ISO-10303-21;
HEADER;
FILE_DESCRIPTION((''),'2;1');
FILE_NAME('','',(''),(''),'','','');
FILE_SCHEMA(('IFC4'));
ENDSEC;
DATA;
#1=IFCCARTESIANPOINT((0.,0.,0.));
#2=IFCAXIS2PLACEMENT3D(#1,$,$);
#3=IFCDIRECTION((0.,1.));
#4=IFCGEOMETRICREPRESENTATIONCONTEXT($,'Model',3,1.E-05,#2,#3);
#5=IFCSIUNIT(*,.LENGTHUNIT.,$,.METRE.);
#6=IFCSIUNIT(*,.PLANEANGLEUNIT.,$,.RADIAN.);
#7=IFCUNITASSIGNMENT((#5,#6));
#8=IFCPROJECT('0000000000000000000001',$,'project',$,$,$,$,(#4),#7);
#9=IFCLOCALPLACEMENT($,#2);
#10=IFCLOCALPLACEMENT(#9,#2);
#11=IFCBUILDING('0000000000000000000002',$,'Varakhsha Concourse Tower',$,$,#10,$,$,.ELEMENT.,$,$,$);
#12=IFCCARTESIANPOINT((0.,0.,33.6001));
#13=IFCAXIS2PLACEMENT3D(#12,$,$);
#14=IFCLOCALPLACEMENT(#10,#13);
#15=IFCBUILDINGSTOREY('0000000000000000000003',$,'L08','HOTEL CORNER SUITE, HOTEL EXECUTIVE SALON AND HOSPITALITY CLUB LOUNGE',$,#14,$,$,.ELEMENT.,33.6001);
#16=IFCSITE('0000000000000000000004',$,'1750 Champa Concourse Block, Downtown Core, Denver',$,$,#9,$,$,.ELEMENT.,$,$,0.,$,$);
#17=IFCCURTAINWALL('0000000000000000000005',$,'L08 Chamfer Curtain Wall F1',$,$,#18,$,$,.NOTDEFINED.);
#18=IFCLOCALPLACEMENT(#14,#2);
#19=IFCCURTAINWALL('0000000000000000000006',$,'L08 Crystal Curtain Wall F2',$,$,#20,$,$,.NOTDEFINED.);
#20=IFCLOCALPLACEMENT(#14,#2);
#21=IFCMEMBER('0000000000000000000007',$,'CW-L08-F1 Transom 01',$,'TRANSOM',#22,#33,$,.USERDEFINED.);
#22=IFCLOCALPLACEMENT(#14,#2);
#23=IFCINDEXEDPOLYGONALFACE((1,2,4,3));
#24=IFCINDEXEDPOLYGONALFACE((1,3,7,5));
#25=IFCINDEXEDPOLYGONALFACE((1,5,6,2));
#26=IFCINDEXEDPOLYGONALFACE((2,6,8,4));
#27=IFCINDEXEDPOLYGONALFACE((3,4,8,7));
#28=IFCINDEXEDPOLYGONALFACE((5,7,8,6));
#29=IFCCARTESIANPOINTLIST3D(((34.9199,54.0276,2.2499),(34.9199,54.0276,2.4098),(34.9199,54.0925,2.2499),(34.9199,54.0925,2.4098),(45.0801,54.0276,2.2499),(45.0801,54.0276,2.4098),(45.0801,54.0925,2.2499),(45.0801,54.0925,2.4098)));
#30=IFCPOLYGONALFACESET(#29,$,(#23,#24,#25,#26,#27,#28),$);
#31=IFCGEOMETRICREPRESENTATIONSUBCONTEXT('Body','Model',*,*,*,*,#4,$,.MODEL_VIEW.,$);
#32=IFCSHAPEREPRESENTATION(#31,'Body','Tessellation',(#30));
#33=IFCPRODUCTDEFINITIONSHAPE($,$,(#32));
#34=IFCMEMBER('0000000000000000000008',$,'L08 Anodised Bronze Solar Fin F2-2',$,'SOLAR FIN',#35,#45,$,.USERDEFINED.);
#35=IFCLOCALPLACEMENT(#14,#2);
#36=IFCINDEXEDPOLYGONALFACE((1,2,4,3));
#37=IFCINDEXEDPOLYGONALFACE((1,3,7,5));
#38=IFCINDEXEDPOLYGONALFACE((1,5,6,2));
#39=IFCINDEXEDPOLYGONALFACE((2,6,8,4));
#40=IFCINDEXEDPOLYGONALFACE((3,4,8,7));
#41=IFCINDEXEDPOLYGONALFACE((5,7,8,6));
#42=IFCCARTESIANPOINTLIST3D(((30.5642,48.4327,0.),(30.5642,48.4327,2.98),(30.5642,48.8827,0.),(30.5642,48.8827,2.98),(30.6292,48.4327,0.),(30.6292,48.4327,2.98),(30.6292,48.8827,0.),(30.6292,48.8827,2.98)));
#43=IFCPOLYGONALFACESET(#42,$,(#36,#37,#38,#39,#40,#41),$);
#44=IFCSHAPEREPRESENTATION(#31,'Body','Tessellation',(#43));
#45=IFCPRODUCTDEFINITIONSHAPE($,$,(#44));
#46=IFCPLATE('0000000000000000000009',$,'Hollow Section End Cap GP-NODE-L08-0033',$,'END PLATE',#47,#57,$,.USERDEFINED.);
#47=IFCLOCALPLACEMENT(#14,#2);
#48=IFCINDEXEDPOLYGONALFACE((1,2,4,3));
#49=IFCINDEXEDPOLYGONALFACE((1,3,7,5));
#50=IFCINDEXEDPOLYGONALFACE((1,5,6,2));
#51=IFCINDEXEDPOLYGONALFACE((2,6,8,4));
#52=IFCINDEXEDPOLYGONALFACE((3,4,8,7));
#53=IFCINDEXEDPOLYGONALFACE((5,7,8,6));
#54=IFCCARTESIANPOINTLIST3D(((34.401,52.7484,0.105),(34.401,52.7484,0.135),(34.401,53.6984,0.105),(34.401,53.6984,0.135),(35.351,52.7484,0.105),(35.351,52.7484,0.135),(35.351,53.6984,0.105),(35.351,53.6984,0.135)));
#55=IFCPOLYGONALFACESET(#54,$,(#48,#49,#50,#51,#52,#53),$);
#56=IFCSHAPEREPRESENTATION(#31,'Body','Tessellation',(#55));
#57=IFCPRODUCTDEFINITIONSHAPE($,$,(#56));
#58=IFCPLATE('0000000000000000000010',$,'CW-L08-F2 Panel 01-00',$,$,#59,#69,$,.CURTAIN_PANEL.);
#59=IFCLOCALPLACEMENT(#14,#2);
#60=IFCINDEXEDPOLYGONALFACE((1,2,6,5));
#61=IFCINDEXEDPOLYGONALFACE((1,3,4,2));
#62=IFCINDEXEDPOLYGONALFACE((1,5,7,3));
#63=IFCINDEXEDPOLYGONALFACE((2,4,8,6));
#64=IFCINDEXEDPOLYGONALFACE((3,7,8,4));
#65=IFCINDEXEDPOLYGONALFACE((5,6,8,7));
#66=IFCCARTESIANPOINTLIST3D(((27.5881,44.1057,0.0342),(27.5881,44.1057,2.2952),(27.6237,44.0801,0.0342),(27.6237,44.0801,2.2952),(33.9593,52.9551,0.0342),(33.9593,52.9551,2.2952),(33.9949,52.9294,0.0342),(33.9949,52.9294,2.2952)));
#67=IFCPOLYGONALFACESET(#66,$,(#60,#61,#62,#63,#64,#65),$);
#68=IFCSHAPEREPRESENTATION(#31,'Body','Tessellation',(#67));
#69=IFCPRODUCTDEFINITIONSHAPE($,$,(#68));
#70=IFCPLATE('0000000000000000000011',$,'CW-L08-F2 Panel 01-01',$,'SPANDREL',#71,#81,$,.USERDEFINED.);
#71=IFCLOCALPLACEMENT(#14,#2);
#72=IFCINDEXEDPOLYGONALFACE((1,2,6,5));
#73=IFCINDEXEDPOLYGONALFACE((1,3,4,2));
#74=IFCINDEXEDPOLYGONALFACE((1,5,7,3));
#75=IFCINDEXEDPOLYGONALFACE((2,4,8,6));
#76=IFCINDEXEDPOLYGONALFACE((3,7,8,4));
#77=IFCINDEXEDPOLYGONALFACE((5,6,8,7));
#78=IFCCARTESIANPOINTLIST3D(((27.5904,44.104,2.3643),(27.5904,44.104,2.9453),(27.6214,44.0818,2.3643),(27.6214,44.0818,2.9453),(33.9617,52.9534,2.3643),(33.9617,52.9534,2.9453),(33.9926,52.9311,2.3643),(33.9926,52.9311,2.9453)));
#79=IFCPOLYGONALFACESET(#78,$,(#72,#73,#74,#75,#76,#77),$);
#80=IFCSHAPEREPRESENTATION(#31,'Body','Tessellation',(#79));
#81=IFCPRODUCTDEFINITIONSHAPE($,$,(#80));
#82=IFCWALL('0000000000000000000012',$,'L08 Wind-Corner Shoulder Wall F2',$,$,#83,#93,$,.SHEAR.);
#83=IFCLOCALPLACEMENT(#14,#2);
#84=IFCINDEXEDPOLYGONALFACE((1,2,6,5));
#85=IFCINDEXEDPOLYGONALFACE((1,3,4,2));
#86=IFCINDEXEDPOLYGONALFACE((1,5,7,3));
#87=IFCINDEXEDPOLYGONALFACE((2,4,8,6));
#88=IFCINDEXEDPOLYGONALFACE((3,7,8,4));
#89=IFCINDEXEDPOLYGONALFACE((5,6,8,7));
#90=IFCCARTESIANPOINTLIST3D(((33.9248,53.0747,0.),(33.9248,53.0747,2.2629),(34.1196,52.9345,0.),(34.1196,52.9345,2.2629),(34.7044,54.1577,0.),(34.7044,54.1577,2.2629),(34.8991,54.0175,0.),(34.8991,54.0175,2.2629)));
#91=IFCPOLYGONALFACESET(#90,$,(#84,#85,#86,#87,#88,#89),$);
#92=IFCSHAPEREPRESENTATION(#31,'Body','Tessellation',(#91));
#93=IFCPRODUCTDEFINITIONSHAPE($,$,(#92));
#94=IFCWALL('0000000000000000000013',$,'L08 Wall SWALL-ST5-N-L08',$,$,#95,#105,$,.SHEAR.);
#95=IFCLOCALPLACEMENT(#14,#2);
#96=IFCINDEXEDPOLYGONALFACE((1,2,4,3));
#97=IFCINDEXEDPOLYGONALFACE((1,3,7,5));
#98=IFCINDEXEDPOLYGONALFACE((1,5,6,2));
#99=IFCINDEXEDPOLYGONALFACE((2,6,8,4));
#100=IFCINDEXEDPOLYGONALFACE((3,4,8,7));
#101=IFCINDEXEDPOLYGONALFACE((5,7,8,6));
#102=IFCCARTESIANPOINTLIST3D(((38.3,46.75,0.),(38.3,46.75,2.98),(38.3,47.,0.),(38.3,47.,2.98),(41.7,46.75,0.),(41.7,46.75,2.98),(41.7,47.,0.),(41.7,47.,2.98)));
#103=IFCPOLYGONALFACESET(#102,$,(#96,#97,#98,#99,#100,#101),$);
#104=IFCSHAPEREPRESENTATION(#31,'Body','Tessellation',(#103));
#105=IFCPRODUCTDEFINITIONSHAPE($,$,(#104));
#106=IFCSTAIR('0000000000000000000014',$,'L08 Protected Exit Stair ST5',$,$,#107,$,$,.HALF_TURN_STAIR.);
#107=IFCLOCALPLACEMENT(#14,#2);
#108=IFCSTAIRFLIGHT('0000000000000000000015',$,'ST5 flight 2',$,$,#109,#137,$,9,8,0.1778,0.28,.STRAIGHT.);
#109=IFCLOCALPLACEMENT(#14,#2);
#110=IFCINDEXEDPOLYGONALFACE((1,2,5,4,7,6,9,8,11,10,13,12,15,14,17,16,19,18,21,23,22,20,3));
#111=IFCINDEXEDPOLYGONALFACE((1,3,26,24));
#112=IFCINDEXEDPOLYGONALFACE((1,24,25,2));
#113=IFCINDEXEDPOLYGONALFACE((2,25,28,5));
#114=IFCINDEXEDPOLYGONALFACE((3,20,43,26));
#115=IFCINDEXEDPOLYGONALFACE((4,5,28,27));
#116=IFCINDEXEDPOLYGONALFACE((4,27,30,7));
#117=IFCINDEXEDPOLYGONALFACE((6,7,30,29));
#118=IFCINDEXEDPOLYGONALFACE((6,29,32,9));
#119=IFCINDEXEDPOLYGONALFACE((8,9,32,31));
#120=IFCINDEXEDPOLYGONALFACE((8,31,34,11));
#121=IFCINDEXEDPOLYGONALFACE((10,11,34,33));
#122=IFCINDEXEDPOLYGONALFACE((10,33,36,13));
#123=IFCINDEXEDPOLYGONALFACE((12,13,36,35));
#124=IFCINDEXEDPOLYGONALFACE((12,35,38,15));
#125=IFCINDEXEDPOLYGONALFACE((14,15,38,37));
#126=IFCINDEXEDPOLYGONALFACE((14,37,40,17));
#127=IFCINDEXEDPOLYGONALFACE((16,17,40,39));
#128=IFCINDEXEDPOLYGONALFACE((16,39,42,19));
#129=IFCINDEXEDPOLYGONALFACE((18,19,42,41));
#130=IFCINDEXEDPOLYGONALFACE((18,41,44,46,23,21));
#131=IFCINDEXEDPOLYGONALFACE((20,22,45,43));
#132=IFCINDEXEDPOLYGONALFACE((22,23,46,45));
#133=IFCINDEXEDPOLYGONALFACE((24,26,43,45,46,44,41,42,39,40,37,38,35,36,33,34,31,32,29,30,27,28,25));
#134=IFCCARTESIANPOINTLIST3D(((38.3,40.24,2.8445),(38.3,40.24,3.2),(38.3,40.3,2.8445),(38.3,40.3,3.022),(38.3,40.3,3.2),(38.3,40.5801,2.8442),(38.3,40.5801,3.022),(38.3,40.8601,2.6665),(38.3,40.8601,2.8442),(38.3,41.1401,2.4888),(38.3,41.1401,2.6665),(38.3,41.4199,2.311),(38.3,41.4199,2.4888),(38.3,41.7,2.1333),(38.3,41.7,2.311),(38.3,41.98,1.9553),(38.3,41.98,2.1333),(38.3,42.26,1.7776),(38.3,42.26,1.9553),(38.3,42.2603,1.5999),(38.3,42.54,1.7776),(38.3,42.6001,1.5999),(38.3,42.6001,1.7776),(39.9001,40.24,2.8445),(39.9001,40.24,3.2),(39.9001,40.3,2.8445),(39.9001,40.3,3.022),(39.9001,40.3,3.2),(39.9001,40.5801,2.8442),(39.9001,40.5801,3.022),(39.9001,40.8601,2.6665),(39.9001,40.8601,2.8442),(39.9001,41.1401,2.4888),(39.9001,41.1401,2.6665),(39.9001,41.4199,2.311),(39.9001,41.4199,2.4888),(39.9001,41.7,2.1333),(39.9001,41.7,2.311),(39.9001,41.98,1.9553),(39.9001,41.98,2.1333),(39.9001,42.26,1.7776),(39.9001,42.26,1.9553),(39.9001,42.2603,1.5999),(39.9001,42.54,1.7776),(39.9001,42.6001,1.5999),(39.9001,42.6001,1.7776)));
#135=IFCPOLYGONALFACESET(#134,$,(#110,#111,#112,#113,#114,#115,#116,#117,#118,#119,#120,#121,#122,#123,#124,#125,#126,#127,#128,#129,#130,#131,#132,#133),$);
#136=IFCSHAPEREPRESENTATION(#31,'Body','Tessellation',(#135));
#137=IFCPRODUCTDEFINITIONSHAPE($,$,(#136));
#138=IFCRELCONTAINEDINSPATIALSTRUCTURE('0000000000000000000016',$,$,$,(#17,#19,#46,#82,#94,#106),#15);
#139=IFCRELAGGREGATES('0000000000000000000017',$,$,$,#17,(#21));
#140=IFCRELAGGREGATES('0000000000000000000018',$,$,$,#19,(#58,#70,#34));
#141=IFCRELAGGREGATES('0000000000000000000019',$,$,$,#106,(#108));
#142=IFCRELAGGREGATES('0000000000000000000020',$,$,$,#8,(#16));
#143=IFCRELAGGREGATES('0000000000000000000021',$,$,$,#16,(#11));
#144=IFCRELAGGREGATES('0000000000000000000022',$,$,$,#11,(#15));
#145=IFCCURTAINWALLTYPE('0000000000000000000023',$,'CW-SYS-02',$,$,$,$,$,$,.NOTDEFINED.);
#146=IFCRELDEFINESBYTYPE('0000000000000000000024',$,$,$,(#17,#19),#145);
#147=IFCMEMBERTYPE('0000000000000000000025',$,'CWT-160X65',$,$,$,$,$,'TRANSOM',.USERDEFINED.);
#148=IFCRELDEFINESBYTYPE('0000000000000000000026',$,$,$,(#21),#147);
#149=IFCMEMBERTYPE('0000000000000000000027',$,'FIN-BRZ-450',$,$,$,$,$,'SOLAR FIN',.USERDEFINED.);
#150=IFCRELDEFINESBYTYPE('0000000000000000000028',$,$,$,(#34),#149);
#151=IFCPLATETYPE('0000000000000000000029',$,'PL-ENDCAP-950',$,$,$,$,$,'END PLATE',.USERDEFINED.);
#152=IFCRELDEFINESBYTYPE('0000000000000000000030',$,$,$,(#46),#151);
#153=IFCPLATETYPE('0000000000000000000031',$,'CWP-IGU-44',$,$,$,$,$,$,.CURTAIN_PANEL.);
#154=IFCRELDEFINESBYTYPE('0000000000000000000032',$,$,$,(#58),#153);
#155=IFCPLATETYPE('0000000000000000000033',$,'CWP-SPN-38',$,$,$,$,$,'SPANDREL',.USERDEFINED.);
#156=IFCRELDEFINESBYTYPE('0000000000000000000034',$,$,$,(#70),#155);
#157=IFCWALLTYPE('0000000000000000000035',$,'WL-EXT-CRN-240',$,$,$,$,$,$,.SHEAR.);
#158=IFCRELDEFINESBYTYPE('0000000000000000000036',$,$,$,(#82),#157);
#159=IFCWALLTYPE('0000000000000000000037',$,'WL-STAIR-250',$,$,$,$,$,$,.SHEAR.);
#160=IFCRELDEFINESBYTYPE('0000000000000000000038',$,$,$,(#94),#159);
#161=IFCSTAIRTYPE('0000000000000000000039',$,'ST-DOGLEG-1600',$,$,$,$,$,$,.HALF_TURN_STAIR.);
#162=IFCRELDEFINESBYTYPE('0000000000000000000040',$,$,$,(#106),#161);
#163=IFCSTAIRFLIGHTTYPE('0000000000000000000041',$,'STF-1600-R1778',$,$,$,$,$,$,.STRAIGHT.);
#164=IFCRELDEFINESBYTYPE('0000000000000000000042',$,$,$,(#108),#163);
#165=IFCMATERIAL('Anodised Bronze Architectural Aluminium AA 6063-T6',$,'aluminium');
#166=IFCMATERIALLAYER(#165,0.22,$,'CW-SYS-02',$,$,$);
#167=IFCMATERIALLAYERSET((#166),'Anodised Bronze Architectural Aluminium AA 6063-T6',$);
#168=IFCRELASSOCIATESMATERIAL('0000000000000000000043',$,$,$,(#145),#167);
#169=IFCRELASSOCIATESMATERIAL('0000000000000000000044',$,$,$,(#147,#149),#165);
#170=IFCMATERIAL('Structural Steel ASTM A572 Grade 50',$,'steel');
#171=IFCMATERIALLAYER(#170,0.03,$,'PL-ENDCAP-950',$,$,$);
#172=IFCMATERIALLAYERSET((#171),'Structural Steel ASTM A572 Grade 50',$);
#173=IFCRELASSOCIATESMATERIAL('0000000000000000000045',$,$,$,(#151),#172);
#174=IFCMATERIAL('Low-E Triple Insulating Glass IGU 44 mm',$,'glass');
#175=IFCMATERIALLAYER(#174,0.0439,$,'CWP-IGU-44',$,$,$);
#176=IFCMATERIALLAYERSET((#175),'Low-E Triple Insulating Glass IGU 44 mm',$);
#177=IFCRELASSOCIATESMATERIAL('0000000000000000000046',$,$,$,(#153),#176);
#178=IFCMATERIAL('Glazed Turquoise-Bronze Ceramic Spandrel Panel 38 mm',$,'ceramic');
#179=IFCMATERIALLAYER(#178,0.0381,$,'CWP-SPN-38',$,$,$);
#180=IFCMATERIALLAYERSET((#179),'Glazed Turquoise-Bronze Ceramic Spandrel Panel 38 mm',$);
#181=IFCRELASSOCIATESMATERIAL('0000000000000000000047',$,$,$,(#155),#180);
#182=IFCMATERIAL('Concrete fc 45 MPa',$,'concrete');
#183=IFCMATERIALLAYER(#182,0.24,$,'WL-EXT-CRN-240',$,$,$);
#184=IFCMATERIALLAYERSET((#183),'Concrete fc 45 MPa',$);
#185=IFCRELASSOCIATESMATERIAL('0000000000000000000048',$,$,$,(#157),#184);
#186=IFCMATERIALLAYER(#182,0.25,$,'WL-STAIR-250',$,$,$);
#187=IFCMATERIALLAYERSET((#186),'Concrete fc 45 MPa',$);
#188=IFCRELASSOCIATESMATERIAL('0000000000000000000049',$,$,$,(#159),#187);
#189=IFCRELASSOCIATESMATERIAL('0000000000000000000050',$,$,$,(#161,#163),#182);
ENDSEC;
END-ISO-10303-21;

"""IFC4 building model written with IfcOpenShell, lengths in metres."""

from ifc_helpers import new_model, si_unit, direction, frame, frame_2d, origin, origin_2d, place, context, subcontext, project, spatial, polyline, rectangle, outline, extrude, source, transform, mapped, material, layer, layer_set, material_profile, profile_set, type_object, type_shapes, element, aggregate, save


model = new_model("IFC4")

# Units and contexts
model_context = context("Model", 3, precision=1e-05, world=origin(), true_north=direction((0.0, 1.0)))
body_context = subcontext(model_context, "Body", "Model", "MODEL_VIEW")
ifc_project = project(units=[si_unit("LENGTHUNIT", "METRE"), si_unit("PLANEANGLEUNIT", "RADIAN")], contexts=[model_context])

# Site, building, storey
site_placement = place(None, origin())
site = spatial("IfcSite", under=ifc_project, at=site_placement, Name="1750 Champa Concourse Block, Downtown Core, Denver", CompositionType="ELEMENT", RefElevation=0.0)
building_placement = place(site_placement, origin())
building = spatial("IfcBuilding", under=site, at=building_placement, Name="Varakhsha Concourse Tower", CompositionType="ELEMENT")
storey_placement = place(building_placement, frame((0.0, 0.0, 33.6001)))
storey = spatial("IfcBuildingStorey", under=building, at=storey_placement, Name="L08", Description="HOTEL CORNER SUITE, HOTEL EXECUTIVE SALON AND HOSPITALITY CLUB LOUNGE", CompositionType="ELEMENT", Elevation=33.6001)

# Shared definitions
ifc_material_1 = material(Name="Structural Steel ASTM A572 Grade 50", Category="steel")

# Curtain wall
ifc_material_2 = material(Name="Anodised Bronze Architectural Aluminium AA 6063-T6", Category="aluminium")
ifc_layer_1 = layer(ifc_material_2, 0.22, Name="CW-SYS-02")
ifc_layer_set_1 = layer_set([ifc_layer_1], Name="Anodised Bronze Architectural Aluminium AA 6063-T6")
curtain_wall_type = type_object("IfcCurtainWallType", Name="CW-SYS-02", PredefinedType="NOTDEFINED", material=ifc_layer_set_1)
curtain_wall_1_placement = place(storey_placement, origin())
curtain_wall_1 = element("IfcCurtainWall", 1, at=curtain_wall_1_placement, inside=storey, type_object=curtain_wall_type, Name="L08 Chamfer Curtain Wall F1", PredefinedType="NOTDEFINED")

# Curtain wall
curtain_wall_2_placement = place(storey_placement, origin())
curtain_wall_2 = element("IfcCurtainWall", 2, at=curtain_wall_2_placement, inside=storey, type_object=curtain_wall_type, Name="L08 Crystal Curtain Wall F2", PredefinedType="NOTDEFINED")

# Members
ifc_material_profile_1 = material_profile(ifc_material_2, rectangle(XDim=0.0649, YDim=0.1599, at=origin_2d()), Name="CWT-160X65")
ifc_profile_set_1 = profile_set([ifc_material_profile_1], Name="Anodised Bronze Architectural Aluminium AA 6063-T6")
member_type_1 = type_object("IfcMemberType", Name="CWT-160X65", ElementType="TRANSOM", PredefinedType="USERDEFINED", material=ifc_profile_set_1)
shared_shape_1 = source(origin(), body_context, "Body", "SweptSolid", [
    extrude(rectangle(XDim=0.0649, YDim=0.1599, at=origin_2d()), origin(), (0.0, 0.0, 1.0), 10.1602),
])
type_shapes(member_type_1, [shared_shape_1])
member_1_placement = place(storey_placement, frame((34.9199, 54.0601, 2.3298), z_axis=(1.0, 0.0, 0.0), x_axis=(0.0, 1.0, 0.0)))
member_1 = element("IfcMember", 3, at=member_1_placement, type_object=member_type_1, Name="CW-L08-F1 Transom 01", ObjectType="TRANSOM", PredefinedType="USERDEFINED", context=body_context, shape_type="MappedRepresentation", body=[
    mapped(shared_shape_1, transform((0.0, 0.0, 0.0), scale=1.0)),
])
aggregate(curtain_wall_1, [member_1])
ifc_material_profile_2 = material_profile(ifc_material_2, rectangle(XDim=0.0649, YDim=0.45, at=origin_2d()), Name="FIN-BRZ-450")
ifc_profile_set_2 = profile_set([ifc_material_profile_2], Name="Anodised Bronze Architectural Aluminium AA 6063-T6")
member_type_2 = type_object("IfcMemberType", Name="FIN-BRZ-450", ElementType="SOLAR FIN", PredefinedType="USERDEFINED", material=ifc_profile_set_2)
shared_shape_2 = source(origin(), body_context, "Body", "SweptSolid", [
    extrude(rectangle(XDim=0.0649, YDim=0.45, at=origin_2d()), origin(), (0.0, 0.0, 1.0), 2.98),
])
type_shapes(member_type_2, [shared_shape_2])
member_2_placement = place(storey_placement, frame((30.5967, 48.6577, 0.0), z_axis=(0.0, 0.0, 1.0), x_axis=(1.0, 0.0, 0.0)))
member_2 = element("IfcMember", 4, at=member_2_placement, type_object=member_type_2, Name="L08 Anodised Bronze Solar Fin F2-2", ObjectType="SOLAR FIN", PredefinedType="USERDEFINED", context=body_context, shape_type="MappedRepresentation", body=[
    mapped(shared_shape_2, transform((0.0, 0.0, 0.0), scale=1.0)),
])

# Plates
ifc_layer_2 = layer(ifc_material_1, 0.03, Name="PL-ENDCAP-950")
ifc_layer_set_2 = layer_set([ifc_layer_2], Name="Structural Steel ASTM A572 Grade 50")
plate_type_1 = type_object("IfcPlateType", Name="PL-ENDCAP-950", ElementType="END PLATE", PredefinedType="USERDEFINED", material=ifc_layer_set_2)
shared_shape_3 = source(origin(), body_context, "Body", "SweptSolid", [
    extrude(rectangle(XDim=0.95, YDim=0.95, at=origin_2d()), origin(), (0.0, 0.0, 1.0), 0.03),
])
type_shapes(plate_type_1, [shared_shape_3])
plate_1_placement = place(storey_placement, frame((34.876, 53.2234, 0.105), z_axis=(0.0, 0.0, 1.0), x_axis=(1.0, 0.0, 0.0)))
element("IfcPlate", 5, at=plate_1_placement, inside=storey, type_object=plate_type_1, Name="Hollow Section End Cap GP-NODE-L08-0033", ObjectType="END PLATE", PredefinedType="USERDEFINED", context=body_context, shape_type="MappedRepresentation", body=[
    mapped(shared_shape_3, transform((0.0, 0.0, 0.0), scale=1.0)),
])
ifc_material_3 = material(Name="Low-E Triple Insulating Glass IGU 44 mm", Category="glass")
ifc_layer_3 = layer(ifc_material_3, 0.0439, Name="CWP-IGU-44")
ifc_layer_set_3 = layer_set([ifc_layer_3], Name="Low-E Triple Insulating Glass IGU 44 mm")
plate_type_2 = type_object("IfcPlateType", Name="CWP-IGU-44", PredefinedType="CURTAIN_PANEL", material=ifc_layer_set_3)
shared_shape_4 = source(origin(), body_context, "Body", "SweptSolid", [
    extrude(rectangle(XDim=10.9043, YDim=0.0439, at=origin_2d()), origin(), (0.0, 0.0, 1.0), 2.261),
])
type_shapes(plate_type_2, [shared_shape_4])
plate_2_placement = place(storey_placement, frame((30.7915, 48.5176, 0.0342), z_axis=(0.0, 0.0, 1.0), x_axis=(0.584284, 0.81155, 0.0)))
plate_2 = element("IfcPlate", 6, at=plate_2_placement, type_object=plate_type_2, Name="CW-L08-F2 Panel 01-00", PredefinedType="CURTAIN_PANEL", context=body_context, shape_type="MappedRepresentation", body=[
    mapped(shared_shape_4, transform((0.0, 0.0, 0.0), scale=1.0)),
])
ifc_material_4 = material(Name="Glazed Turquoise-Bronze Ceramic Spandrel Panel 38 mm", Category="ceramic")
ifc_layer_4 = layer(ifc_material_4, 0.0381, Name="CWP-SPN-38")
ifc_layer_set_4 = layer_set([ifc_layer_4], Name="Glazed Turquoise-Bronze Ceramic Spandrel Panel 38 mm")
plate_type_3 = type_object("IfcPlateType", Name="CWP-SPN-38", ElementType="SPANDREL", PredefinedType="USERDEFINED", material=ifc_layer_set_4)
shared_shape_5 = source(origin(), body_context, "Body", "SweptSolid", [
    extrude(rectangle(XDim=10.9043, YDim=0.0381, at=origin_2d()), origin(), (0.0, 0.0, 1.0), 0.5811),
])
type_shapes(plate_type_3, [shared_shape_5])
plate_3_placement = place(storey_placement, frame((30.7915, 48.5176, 2.3643), z_axis=(0.0, 0.0, 1.0), x_axis=(0.584284, 0.81155, 0.0)))
plate_3 = element("IfcPlate", 7, at=plate_3_placement, type_object=plate_type_3, Name="CW-L08-F2 Panel 01-01", ObjectType="SPANDREL", PredefinedType="USERDEFINED", context=body_context, shape_type="MappedRepresentation", body=[
    mapped(shared_shape_5, transform((0.0, 0.0, 0.0), scale=1.0)),
])
aggregate(curtain_wall_2, [plate_2, plate_3, member_2])

# Walls
ifc_material_5 = material(Name="Concrete fc 45 MPa", Category="concrete")
ifc_layer_5 = layer(ifc_material_5, 0.24, Name="WL-EXT-CRN-240")
ifc_layer_set_5 = layer_set([ifc_layer_5], Name="Concrete fc 45 MPa")
wall_type_1 = type_object("IfcWallType", Name="WL-EXT-CRN-240", PredefinedType="SHEAR", material=ifc_layer_set_5)
wall_1_placement = place(storey_placement, frame((34.8018, 54.0876, 0.0), z_axis=(0.0, 0.0, 1.0), x_axis=(-0.584194, -0.811614, 0.0)))
element("IfcWall", 8, at=wall_1_placement, inside=storey, type_object=wall_type_1, Name="L08 Wind-Corner Shoulder Wall F2", PredefinedType="SHEAR", context=body_context, shape_type="SweptSolid", body=[
    extrude(rectangle(XDim=1.3345, YDim=0.24, at=frame_2d((0.6672, 0.0))), origin(), (0.0, 0.0, 1.0), 2.2629),
])
ifc_layer_6 = layer(ifc_material_5, 0.25, Name="WL-STAIR-250")
ifc_layer_set_6 = layer_set([ifc_layer_6], Name="Concrete fc 45 MPa")
wall_type_2 = type_object("IfcWallType", Name="WL-STAIR-250", PredefinedType="SHEAR", material=ifc_layer_set_6)
wall_2_placement = place(storey_placement, frame((38.3, 46.875, 0.0), z_axis=(0.0, 0.0, 1.0), x_axis=(1.0, 0.0, 0.0)))
element("IfcWall", 9, at=wall_2_placement, inside=storey, type_object=wall_type_2, Name="L08 Wall SWALL-ST5-N-L08", PredefinedType="SHEAR", context=body_context, shape_type="SweptSolid", body=[
    extrude(rectangle(XDim=3.3999, YDim=0.25, at=frame_2d((1.7, 0.0))), origin(), (0.0, 0.0, 1.0), 2.98),
])

# Stair, stair flight
stair_type = type_object("IfcStairType", Name="ST-DOGLEG-1600", PredefinedType="HALF_TURN_STAIR", material=ifc_material_5)
stair_placement = place(storey_placement, origin())
stair = element("IfcStair", 10, at=stair_placement, inside=storey, type_object=stair_type, Name="L08 Protected Exit Stair ST5", PredefinedType="HALF_TURN_STAIR")
stair_flight_type = type_object("IfcStairFlightType", Name="STF-1600-R1778", PredefinedType="STRAIGHT", material=ifc_material_5)
stair_flight_placement = place(storey_placement, frame((39.1001, 42.54, 1.5999), z_axis=(0.0, 0.0, 1.0), x_axis=(0.0, -1.0, 0.0)))
stair_flight = element("IfcStairFlight", 11, at=stair_flight_placement, type_object=stair_flight_type, Name="ST5 flight 2", NumberOfRisers=9, NumberOfTreads=8, PredefinedType="STRAIGHT", RiserHeight=0.1778, TreadLength=0.28, context=body_context, shape_type="SweptSolid", body=[
    extrude(outline(polyline([(-0.0601, 0.0), (-0.0601, 0.1777), (0.0, 0.1777), (0.28, 0.1777), (0.28, 0.3555), (0.5601, 0.3555), (0.5601, 0.5334), (0.8401, 0.5334), (0.8401, 0.7112), (1.1201, 0.7112), (1.1201, 0.8889), (1.3999, 0.8889), (1.3999, 1.0667), (1.6799, 1.0667), (1.6799, 1.2444), (1.96, 1.2444), (1.96, 1.4221), (2.24, 1.4221), (2.24, 1.6001), (2.3, 1.6001), (2.3, 1.2446), (2.24, 1.2446), (0.2798, 0.0), (-0.0601, 0.0)])), frame((0.0, 0.8, 0.0), z_axis=(0.0, -1.0, 0.0), x_axis=(1.0, 0.0, 0.0)), (0.0, 0.0, 1.0), 1.6001),
])
aggregate(stair, [stair_flight])

save(model, "model.ifc")
